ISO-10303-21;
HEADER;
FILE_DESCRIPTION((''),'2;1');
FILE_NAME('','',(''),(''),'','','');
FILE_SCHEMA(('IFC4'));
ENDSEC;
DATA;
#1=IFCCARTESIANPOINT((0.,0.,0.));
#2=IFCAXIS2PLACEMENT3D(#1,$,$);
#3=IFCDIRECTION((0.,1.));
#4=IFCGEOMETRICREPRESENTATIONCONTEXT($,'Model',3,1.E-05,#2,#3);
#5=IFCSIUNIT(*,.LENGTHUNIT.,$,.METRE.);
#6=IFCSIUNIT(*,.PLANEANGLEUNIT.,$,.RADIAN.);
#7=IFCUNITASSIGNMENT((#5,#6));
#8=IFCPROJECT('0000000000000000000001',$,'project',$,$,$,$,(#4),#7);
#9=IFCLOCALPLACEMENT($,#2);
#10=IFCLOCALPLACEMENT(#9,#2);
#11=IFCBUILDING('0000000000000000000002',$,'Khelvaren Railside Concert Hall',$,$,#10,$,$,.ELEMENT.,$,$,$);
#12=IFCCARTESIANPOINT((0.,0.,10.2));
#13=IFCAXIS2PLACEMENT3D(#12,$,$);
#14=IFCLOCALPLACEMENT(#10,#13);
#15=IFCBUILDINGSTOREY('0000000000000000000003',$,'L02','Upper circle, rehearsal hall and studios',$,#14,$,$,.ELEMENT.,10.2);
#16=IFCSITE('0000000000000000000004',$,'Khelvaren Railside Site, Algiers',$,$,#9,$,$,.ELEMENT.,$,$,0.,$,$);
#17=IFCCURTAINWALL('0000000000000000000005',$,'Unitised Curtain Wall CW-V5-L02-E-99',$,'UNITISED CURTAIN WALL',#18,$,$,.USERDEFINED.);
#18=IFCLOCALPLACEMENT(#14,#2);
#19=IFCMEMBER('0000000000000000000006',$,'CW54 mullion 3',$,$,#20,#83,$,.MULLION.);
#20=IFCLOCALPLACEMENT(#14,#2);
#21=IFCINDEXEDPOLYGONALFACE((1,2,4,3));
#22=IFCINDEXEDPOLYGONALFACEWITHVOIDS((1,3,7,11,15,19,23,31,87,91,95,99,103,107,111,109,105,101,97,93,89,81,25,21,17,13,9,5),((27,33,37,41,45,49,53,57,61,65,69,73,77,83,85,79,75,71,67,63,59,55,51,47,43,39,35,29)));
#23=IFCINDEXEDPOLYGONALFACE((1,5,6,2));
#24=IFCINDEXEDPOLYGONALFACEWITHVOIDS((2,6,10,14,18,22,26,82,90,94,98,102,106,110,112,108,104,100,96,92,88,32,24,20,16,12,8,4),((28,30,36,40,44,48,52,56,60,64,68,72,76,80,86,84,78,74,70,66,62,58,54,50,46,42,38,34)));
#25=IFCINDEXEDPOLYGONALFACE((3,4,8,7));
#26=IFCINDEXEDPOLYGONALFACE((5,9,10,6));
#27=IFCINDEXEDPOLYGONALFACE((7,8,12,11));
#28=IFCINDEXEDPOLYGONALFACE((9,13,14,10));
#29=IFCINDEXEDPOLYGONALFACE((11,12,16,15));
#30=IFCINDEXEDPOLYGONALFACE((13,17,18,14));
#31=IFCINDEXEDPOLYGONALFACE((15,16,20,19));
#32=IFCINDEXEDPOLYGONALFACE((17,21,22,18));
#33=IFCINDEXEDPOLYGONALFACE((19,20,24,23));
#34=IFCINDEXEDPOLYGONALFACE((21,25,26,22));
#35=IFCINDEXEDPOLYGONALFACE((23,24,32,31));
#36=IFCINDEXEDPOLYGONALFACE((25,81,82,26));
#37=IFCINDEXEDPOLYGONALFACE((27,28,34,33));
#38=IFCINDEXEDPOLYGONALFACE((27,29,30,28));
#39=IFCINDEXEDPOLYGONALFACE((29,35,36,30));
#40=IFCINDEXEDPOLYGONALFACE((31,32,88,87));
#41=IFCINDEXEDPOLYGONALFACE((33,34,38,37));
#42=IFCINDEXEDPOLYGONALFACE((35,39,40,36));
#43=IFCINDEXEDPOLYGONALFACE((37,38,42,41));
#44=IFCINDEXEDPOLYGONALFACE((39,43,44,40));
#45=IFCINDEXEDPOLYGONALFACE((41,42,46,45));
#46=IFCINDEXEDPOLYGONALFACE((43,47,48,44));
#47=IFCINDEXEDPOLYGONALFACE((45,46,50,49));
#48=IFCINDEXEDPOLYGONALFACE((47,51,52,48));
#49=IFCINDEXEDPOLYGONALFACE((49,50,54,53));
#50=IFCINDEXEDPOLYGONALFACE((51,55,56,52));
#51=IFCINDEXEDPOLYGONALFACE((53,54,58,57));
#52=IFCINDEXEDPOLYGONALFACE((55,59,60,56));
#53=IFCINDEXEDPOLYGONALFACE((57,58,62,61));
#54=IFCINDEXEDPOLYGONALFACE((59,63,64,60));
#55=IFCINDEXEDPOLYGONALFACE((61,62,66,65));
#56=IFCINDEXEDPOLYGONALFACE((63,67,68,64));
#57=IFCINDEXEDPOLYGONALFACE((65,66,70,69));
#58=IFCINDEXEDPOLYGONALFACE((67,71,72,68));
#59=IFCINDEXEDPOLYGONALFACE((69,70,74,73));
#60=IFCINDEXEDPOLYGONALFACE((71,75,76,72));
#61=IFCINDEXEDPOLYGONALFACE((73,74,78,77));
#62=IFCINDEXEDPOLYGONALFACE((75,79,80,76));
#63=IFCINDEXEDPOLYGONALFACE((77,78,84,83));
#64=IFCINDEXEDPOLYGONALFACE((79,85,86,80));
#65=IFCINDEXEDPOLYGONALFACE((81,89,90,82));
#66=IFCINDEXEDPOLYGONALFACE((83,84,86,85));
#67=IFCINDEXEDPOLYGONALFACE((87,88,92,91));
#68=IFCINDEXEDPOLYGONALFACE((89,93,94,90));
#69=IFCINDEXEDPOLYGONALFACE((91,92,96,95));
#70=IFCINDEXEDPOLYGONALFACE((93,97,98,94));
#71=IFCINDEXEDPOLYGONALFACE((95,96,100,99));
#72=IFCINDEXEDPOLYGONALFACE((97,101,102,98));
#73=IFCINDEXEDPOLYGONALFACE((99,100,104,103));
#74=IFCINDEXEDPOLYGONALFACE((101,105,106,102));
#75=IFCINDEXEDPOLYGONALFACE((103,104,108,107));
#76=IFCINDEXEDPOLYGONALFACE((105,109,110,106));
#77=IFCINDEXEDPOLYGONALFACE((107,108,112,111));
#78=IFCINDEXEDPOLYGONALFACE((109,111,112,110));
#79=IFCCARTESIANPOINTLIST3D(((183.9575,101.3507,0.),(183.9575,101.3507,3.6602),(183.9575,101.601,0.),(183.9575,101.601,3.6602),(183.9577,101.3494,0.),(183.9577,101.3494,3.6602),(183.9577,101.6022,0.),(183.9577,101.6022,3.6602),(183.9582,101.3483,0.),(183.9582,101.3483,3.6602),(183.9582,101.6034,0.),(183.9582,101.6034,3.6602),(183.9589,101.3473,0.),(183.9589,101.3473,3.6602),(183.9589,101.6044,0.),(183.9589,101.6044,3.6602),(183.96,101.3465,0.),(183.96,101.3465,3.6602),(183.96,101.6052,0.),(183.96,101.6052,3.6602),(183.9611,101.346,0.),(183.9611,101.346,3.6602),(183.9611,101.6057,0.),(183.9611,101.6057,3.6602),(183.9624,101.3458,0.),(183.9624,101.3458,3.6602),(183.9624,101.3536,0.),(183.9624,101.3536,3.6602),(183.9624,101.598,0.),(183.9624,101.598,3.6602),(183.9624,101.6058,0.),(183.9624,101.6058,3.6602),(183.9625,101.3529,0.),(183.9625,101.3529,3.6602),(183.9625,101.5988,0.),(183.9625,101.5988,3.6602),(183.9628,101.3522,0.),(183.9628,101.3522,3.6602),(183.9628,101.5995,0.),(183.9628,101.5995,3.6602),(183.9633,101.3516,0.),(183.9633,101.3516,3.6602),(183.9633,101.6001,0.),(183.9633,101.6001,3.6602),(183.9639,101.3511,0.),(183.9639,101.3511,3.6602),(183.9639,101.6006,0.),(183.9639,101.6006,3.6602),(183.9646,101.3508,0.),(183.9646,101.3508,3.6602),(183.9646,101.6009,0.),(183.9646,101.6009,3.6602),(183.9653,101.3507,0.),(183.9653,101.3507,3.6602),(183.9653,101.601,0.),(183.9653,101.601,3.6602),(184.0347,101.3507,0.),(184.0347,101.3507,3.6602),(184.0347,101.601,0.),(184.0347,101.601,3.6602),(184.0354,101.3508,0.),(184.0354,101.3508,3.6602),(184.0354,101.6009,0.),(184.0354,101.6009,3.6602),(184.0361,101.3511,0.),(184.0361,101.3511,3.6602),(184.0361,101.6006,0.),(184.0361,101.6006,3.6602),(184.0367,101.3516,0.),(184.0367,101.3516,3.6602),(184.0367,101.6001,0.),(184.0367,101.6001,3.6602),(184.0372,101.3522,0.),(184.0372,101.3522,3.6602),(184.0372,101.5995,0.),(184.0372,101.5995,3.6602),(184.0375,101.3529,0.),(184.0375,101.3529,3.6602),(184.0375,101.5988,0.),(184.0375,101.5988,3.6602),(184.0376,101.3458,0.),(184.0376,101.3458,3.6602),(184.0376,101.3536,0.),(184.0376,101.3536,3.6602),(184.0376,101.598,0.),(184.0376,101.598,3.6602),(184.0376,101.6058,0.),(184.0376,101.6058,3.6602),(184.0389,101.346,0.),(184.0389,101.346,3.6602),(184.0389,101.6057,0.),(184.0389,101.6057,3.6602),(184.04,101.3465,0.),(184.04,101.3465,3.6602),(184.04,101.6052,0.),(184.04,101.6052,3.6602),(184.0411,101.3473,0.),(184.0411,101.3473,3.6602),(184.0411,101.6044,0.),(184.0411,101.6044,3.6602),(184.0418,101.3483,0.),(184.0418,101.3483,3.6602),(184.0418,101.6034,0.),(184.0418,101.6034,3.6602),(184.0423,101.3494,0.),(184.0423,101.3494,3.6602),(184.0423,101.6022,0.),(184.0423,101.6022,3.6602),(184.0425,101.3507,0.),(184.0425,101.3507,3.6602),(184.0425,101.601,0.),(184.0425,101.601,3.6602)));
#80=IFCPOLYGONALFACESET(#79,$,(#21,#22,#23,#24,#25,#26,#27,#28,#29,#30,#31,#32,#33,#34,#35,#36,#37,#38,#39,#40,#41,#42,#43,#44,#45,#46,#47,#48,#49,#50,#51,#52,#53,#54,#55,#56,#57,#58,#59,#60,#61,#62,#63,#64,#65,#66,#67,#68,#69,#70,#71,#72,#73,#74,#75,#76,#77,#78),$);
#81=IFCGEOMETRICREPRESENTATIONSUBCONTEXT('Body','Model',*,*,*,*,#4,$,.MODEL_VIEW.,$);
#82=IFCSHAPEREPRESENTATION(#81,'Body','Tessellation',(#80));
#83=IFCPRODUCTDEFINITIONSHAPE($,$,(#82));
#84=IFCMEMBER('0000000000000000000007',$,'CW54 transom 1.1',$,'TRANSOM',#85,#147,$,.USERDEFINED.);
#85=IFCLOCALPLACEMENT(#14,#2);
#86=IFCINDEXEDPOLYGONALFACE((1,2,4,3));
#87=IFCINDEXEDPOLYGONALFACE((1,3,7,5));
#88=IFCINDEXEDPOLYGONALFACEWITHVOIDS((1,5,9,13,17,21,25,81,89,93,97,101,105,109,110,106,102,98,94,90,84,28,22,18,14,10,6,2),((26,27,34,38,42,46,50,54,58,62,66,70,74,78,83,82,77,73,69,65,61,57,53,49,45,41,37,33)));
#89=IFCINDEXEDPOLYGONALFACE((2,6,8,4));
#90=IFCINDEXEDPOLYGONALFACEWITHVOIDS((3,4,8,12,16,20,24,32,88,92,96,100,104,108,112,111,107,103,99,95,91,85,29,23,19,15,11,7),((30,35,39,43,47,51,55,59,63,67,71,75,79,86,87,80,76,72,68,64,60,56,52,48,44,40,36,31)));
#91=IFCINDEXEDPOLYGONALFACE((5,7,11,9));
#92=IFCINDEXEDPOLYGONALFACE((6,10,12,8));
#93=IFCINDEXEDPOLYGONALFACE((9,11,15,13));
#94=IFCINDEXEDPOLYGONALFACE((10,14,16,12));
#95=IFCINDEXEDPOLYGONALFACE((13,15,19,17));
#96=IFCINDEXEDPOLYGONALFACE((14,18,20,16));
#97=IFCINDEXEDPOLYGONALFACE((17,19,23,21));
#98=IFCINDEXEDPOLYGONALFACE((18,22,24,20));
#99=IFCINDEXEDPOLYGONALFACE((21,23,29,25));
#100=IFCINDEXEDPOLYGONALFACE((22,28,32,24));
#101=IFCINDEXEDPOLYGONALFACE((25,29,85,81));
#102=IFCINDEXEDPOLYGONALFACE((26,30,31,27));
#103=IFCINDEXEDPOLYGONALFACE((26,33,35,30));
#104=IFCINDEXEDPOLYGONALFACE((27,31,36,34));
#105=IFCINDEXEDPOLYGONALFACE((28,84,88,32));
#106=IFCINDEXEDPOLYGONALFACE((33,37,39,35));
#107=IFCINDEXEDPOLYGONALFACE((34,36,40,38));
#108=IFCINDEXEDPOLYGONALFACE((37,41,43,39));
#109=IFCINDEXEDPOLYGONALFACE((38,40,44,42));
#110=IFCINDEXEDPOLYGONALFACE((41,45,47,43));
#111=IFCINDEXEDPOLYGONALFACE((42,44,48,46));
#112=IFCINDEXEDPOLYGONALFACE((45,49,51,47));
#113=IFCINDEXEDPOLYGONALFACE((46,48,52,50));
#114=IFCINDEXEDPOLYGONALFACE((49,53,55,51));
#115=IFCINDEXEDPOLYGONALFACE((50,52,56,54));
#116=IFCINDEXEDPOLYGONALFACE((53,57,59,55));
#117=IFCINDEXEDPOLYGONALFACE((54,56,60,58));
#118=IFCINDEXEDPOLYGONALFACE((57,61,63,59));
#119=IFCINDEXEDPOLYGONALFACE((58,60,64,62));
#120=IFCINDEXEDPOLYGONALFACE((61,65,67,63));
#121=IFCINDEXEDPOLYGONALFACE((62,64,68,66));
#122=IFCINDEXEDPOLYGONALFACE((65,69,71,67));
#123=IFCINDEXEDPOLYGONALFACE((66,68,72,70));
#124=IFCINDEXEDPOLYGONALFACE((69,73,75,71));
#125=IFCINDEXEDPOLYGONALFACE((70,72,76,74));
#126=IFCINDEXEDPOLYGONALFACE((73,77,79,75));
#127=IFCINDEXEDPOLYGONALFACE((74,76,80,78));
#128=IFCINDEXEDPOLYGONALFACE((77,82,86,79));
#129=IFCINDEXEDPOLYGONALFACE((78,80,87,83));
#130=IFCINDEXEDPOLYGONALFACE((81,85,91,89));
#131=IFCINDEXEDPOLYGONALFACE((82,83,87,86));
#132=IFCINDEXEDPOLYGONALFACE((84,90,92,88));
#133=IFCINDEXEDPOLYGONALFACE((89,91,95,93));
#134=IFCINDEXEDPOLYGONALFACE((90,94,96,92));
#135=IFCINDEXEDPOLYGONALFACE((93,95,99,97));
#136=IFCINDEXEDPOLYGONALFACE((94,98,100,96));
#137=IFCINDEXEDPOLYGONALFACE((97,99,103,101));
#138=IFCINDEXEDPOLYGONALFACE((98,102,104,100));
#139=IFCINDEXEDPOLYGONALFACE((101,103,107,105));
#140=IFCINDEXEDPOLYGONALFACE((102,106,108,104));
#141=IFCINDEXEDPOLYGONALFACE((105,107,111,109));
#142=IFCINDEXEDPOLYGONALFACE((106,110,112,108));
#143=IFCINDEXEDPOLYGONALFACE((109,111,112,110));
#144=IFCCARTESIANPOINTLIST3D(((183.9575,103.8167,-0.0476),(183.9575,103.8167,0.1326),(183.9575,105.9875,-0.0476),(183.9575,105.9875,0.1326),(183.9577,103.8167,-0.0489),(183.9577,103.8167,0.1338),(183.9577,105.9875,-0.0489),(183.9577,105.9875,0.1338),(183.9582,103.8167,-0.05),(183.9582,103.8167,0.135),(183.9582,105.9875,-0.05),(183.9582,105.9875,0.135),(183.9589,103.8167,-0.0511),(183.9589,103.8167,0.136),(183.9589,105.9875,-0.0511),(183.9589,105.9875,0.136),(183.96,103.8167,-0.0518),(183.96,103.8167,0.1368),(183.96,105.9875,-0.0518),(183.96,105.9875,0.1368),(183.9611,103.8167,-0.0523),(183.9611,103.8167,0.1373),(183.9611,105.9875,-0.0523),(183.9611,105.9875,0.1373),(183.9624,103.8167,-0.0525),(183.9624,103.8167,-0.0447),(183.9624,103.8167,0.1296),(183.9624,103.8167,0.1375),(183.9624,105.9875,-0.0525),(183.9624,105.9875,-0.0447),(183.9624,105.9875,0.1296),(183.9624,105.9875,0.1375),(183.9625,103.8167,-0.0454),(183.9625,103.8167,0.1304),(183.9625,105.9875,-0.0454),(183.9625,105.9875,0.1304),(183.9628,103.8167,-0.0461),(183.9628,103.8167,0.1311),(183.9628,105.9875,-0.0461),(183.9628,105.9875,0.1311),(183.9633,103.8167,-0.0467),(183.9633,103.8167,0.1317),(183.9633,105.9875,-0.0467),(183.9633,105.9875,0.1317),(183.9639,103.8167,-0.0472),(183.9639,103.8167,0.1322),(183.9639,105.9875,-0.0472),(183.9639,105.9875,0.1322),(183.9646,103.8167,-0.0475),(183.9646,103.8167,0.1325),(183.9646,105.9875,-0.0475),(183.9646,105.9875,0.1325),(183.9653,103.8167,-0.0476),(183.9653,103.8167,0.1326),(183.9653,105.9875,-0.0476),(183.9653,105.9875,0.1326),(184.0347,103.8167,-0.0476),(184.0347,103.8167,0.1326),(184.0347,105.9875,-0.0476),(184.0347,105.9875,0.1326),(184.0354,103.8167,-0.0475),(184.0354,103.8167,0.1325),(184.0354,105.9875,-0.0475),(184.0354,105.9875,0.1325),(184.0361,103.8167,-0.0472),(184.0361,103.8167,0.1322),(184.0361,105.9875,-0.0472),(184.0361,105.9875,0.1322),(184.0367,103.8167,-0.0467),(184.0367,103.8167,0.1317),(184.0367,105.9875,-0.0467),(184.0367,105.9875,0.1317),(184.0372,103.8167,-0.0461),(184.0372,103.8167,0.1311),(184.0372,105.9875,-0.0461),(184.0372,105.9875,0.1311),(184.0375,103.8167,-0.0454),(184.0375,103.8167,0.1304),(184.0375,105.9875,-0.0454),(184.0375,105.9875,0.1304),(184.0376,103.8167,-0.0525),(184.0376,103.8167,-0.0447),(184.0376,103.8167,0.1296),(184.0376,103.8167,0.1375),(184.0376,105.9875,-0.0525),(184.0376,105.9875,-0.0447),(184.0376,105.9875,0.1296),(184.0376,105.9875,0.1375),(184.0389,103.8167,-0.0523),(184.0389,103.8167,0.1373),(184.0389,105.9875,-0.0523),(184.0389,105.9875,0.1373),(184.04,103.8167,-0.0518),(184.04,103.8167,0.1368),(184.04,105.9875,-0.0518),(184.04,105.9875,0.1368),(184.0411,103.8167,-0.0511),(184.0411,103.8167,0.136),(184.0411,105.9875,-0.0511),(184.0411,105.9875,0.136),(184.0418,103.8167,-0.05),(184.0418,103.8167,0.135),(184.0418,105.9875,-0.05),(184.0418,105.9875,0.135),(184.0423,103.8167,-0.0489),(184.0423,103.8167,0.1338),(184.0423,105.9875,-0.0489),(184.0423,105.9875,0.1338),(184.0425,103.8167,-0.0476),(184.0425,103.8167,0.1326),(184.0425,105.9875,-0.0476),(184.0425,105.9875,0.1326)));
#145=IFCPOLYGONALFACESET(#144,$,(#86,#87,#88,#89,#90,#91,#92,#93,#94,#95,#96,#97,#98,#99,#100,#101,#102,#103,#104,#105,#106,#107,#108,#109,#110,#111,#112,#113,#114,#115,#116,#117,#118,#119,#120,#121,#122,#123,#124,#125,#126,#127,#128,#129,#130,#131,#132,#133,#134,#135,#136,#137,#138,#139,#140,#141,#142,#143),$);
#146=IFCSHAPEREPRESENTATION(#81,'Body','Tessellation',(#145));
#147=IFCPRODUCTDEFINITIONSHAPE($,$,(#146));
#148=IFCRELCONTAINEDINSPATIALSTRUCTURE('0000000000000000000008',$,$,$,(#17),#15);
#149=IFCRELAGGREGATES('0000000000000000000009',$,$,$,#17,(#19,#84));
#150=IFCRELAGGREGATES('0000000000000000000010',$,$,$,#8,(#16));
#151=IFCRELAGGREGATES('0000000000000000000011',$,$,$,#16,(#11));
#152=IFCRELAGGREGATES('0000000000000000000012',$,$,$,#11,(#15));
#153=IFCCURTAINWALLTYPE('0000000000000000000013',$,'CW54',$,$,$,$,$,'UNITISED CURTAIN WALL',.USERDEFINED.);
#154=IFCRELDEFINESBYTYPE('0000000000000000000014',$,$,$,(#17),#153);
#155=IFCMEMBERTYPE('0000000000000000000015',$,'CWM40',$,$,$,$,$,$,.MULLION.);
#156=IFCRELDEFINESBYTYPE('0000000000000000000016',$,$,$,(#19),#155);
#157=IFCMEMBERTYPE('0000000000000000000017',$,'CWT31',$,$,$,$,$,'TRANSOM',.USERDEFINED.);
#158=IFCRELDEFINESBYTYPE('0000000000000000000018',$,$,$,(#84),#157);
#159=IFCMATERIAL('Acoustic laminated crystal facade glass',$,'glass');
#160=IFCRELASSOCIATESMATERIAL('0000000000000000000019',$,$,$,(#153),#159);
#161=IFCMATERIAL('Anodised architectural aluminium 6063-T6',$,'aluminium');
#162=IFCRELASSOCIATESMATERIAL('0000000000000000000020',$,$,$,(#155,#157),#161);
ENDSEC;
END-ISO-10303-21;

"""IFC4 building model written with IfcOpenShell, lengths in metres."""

from ifc_helpers import new_model, si_unit, direction, frame, origin, origin_2d, place, context, subcontext, project, spatial, hollow_rectangle, extrude, material, material_profile, profile_set, type_object, element, aggregate, save


model = new_model("IFC4")

# Units and contexts
model_context = context("Model", 3, precision=1e-05, world=origin(), true_north=direction((0.0, 1.0)))
body_context = subcontext(model_context, "Body", "Model", "MODEL_VIEW")
ifc_project = project(units=[si_unit("LENGTHUNIT", "METRE"), si_unit("PLANEANGLEUNIT", "RADIAN")], contexts=[model_context])

# Site, building, storey
site_placement = place(None, origin())
site = spatial("IfcSite", under=ifc_project, at=site_placement, Name="Khelvaren Railside Site, Algiers", CompositionType="ELEMENT", RefElevation=0.0)
building_placement = place(site_placement, origin())
building = spatial("IfcBuilding", under=site, at=building_placement, Name="Khelvaren Railside Concert Hall", CompositionType="ELEMENT")
storey_placement = place(building_placement, frame((0.0, 0.0, 10.2)))
storey = spatial("IfcBuildingStorey", under=building, at=storey_placement, Name="L02", Description="Upper circle, rehearsal hall and studios", CompositionType="ELEMENT", Elevation=10.2)

# Curtain wall, members
ifc_material_1 = material(Name="Acoustic laminated crystal facade glass", Category="glass")
curtain_wall_type = type_object("IfcCurtainWallType", Name="CW54", ElementType="UNITISED CURTAIN WALL", PredefinedType="USERDEFINED", material=ifc_material_1)
curtain_wall_placement = place(storey_placement, origin())
curtain_wall = element("IfcCurtainWall", 1, at=curtain_wall_placement, inside=storey, type_object=curtain_wall_type, Name="Unitised Curtain Wall CW-V5-L02-E-99", ObjectType="UNITISED CURTAIN WALL", PredefinedType="USERDEFINED")
ifc_material_2 = material(Name="Anodised architectural aluminium 6063-T6", Category="aluminium")
ifc_material_profile_1 = material_profile(ifc_material_2, hollow_rectangle(XDim=0.085, YDim=0.26, WallThickness=0.0049, InnerFilletRadius=0.0029, OuterFilletRadius=0.0049, at=origin_2d()), Name="CWM 85x260x5")
ifc_profile_set_1 = profile_set([ifc_material_profile_1], Name="Anodised architectural aluminium 6063-T6")
member_type_1 = type_object("IfcMemberType", Name="CWM40", PredefinedType="MULLION", material=ifc_profile_set_1)
member_1_placement = place(storey_placement, frame((184.0, 101.4758, 0.0), z_axis=(0.0, 0.0, 1.0), x_axis=(1.0, 0.0, 0.0)))
member_1 = element("IfcMember", 2, at=member_1_placement, type_object=member_type_1, Name="CW54 mullion 3", PredefinedType="MULLION", context=body_context, shape_type="SweptSolid", body=[
    extrude(hollow_rectangle(XDim=0.085, YDim=0.26, WallThickness=0.0049, InnerFilletRadius=0.0029, OuterFilletRadius=0.0049, at=origin_2d()), origin(), (0.0, 0.0, 1.0), 3.6602),
])
ifc_material_profile_2 = material_profile(ifc_material_2, hollow_rectangle(XDim=0.085, YDim=0.1899, WallThickness=0.0049, InnerFilletRadius=0.0029, OuterFilletRadius=0.0049, at=origin_2d()), Name="CWT 85x190x5")
ifc_profile_set_2 = profile_set([ifc_material_profile_2], Name="Anodised architectural aluminium 6063-T6")
member_type_2 = type_object("IfcMemberType", Name="CWT31", ElementType="TRANSOM", PredefinedType="USERDEFINED", material=ifc_profile_set_2)
member_2_placement = place(storey_placement, frame((184.0, 105.9875, 0.0425), z_axis=(0.0, -1.0, 0.0), x_axis=(1.0, 0.0, 0.0)))
member_2 = element("IfcMember", 3, at=member_2_placement, type_object=member_type_2, Name="CW54 transom 1.1", ObjectType="TRANSOM", PredefinedType="USERDEFINED", context=body_context, shape_type="SweptSolid", body=[
    extrude(hollow_rectangle(XDim=0.085, YDim=0.1899, WallThickness=0.0049, InnerFilletRadius=0.0029, OuterFilletRadius=0.0049, at=origin_2d()), origin(), (0.0, 0.0, 1.0), 2.1709),
])

aggregate(curtain_wall, [member_1, member_2])

save(model, "model.ifc")
